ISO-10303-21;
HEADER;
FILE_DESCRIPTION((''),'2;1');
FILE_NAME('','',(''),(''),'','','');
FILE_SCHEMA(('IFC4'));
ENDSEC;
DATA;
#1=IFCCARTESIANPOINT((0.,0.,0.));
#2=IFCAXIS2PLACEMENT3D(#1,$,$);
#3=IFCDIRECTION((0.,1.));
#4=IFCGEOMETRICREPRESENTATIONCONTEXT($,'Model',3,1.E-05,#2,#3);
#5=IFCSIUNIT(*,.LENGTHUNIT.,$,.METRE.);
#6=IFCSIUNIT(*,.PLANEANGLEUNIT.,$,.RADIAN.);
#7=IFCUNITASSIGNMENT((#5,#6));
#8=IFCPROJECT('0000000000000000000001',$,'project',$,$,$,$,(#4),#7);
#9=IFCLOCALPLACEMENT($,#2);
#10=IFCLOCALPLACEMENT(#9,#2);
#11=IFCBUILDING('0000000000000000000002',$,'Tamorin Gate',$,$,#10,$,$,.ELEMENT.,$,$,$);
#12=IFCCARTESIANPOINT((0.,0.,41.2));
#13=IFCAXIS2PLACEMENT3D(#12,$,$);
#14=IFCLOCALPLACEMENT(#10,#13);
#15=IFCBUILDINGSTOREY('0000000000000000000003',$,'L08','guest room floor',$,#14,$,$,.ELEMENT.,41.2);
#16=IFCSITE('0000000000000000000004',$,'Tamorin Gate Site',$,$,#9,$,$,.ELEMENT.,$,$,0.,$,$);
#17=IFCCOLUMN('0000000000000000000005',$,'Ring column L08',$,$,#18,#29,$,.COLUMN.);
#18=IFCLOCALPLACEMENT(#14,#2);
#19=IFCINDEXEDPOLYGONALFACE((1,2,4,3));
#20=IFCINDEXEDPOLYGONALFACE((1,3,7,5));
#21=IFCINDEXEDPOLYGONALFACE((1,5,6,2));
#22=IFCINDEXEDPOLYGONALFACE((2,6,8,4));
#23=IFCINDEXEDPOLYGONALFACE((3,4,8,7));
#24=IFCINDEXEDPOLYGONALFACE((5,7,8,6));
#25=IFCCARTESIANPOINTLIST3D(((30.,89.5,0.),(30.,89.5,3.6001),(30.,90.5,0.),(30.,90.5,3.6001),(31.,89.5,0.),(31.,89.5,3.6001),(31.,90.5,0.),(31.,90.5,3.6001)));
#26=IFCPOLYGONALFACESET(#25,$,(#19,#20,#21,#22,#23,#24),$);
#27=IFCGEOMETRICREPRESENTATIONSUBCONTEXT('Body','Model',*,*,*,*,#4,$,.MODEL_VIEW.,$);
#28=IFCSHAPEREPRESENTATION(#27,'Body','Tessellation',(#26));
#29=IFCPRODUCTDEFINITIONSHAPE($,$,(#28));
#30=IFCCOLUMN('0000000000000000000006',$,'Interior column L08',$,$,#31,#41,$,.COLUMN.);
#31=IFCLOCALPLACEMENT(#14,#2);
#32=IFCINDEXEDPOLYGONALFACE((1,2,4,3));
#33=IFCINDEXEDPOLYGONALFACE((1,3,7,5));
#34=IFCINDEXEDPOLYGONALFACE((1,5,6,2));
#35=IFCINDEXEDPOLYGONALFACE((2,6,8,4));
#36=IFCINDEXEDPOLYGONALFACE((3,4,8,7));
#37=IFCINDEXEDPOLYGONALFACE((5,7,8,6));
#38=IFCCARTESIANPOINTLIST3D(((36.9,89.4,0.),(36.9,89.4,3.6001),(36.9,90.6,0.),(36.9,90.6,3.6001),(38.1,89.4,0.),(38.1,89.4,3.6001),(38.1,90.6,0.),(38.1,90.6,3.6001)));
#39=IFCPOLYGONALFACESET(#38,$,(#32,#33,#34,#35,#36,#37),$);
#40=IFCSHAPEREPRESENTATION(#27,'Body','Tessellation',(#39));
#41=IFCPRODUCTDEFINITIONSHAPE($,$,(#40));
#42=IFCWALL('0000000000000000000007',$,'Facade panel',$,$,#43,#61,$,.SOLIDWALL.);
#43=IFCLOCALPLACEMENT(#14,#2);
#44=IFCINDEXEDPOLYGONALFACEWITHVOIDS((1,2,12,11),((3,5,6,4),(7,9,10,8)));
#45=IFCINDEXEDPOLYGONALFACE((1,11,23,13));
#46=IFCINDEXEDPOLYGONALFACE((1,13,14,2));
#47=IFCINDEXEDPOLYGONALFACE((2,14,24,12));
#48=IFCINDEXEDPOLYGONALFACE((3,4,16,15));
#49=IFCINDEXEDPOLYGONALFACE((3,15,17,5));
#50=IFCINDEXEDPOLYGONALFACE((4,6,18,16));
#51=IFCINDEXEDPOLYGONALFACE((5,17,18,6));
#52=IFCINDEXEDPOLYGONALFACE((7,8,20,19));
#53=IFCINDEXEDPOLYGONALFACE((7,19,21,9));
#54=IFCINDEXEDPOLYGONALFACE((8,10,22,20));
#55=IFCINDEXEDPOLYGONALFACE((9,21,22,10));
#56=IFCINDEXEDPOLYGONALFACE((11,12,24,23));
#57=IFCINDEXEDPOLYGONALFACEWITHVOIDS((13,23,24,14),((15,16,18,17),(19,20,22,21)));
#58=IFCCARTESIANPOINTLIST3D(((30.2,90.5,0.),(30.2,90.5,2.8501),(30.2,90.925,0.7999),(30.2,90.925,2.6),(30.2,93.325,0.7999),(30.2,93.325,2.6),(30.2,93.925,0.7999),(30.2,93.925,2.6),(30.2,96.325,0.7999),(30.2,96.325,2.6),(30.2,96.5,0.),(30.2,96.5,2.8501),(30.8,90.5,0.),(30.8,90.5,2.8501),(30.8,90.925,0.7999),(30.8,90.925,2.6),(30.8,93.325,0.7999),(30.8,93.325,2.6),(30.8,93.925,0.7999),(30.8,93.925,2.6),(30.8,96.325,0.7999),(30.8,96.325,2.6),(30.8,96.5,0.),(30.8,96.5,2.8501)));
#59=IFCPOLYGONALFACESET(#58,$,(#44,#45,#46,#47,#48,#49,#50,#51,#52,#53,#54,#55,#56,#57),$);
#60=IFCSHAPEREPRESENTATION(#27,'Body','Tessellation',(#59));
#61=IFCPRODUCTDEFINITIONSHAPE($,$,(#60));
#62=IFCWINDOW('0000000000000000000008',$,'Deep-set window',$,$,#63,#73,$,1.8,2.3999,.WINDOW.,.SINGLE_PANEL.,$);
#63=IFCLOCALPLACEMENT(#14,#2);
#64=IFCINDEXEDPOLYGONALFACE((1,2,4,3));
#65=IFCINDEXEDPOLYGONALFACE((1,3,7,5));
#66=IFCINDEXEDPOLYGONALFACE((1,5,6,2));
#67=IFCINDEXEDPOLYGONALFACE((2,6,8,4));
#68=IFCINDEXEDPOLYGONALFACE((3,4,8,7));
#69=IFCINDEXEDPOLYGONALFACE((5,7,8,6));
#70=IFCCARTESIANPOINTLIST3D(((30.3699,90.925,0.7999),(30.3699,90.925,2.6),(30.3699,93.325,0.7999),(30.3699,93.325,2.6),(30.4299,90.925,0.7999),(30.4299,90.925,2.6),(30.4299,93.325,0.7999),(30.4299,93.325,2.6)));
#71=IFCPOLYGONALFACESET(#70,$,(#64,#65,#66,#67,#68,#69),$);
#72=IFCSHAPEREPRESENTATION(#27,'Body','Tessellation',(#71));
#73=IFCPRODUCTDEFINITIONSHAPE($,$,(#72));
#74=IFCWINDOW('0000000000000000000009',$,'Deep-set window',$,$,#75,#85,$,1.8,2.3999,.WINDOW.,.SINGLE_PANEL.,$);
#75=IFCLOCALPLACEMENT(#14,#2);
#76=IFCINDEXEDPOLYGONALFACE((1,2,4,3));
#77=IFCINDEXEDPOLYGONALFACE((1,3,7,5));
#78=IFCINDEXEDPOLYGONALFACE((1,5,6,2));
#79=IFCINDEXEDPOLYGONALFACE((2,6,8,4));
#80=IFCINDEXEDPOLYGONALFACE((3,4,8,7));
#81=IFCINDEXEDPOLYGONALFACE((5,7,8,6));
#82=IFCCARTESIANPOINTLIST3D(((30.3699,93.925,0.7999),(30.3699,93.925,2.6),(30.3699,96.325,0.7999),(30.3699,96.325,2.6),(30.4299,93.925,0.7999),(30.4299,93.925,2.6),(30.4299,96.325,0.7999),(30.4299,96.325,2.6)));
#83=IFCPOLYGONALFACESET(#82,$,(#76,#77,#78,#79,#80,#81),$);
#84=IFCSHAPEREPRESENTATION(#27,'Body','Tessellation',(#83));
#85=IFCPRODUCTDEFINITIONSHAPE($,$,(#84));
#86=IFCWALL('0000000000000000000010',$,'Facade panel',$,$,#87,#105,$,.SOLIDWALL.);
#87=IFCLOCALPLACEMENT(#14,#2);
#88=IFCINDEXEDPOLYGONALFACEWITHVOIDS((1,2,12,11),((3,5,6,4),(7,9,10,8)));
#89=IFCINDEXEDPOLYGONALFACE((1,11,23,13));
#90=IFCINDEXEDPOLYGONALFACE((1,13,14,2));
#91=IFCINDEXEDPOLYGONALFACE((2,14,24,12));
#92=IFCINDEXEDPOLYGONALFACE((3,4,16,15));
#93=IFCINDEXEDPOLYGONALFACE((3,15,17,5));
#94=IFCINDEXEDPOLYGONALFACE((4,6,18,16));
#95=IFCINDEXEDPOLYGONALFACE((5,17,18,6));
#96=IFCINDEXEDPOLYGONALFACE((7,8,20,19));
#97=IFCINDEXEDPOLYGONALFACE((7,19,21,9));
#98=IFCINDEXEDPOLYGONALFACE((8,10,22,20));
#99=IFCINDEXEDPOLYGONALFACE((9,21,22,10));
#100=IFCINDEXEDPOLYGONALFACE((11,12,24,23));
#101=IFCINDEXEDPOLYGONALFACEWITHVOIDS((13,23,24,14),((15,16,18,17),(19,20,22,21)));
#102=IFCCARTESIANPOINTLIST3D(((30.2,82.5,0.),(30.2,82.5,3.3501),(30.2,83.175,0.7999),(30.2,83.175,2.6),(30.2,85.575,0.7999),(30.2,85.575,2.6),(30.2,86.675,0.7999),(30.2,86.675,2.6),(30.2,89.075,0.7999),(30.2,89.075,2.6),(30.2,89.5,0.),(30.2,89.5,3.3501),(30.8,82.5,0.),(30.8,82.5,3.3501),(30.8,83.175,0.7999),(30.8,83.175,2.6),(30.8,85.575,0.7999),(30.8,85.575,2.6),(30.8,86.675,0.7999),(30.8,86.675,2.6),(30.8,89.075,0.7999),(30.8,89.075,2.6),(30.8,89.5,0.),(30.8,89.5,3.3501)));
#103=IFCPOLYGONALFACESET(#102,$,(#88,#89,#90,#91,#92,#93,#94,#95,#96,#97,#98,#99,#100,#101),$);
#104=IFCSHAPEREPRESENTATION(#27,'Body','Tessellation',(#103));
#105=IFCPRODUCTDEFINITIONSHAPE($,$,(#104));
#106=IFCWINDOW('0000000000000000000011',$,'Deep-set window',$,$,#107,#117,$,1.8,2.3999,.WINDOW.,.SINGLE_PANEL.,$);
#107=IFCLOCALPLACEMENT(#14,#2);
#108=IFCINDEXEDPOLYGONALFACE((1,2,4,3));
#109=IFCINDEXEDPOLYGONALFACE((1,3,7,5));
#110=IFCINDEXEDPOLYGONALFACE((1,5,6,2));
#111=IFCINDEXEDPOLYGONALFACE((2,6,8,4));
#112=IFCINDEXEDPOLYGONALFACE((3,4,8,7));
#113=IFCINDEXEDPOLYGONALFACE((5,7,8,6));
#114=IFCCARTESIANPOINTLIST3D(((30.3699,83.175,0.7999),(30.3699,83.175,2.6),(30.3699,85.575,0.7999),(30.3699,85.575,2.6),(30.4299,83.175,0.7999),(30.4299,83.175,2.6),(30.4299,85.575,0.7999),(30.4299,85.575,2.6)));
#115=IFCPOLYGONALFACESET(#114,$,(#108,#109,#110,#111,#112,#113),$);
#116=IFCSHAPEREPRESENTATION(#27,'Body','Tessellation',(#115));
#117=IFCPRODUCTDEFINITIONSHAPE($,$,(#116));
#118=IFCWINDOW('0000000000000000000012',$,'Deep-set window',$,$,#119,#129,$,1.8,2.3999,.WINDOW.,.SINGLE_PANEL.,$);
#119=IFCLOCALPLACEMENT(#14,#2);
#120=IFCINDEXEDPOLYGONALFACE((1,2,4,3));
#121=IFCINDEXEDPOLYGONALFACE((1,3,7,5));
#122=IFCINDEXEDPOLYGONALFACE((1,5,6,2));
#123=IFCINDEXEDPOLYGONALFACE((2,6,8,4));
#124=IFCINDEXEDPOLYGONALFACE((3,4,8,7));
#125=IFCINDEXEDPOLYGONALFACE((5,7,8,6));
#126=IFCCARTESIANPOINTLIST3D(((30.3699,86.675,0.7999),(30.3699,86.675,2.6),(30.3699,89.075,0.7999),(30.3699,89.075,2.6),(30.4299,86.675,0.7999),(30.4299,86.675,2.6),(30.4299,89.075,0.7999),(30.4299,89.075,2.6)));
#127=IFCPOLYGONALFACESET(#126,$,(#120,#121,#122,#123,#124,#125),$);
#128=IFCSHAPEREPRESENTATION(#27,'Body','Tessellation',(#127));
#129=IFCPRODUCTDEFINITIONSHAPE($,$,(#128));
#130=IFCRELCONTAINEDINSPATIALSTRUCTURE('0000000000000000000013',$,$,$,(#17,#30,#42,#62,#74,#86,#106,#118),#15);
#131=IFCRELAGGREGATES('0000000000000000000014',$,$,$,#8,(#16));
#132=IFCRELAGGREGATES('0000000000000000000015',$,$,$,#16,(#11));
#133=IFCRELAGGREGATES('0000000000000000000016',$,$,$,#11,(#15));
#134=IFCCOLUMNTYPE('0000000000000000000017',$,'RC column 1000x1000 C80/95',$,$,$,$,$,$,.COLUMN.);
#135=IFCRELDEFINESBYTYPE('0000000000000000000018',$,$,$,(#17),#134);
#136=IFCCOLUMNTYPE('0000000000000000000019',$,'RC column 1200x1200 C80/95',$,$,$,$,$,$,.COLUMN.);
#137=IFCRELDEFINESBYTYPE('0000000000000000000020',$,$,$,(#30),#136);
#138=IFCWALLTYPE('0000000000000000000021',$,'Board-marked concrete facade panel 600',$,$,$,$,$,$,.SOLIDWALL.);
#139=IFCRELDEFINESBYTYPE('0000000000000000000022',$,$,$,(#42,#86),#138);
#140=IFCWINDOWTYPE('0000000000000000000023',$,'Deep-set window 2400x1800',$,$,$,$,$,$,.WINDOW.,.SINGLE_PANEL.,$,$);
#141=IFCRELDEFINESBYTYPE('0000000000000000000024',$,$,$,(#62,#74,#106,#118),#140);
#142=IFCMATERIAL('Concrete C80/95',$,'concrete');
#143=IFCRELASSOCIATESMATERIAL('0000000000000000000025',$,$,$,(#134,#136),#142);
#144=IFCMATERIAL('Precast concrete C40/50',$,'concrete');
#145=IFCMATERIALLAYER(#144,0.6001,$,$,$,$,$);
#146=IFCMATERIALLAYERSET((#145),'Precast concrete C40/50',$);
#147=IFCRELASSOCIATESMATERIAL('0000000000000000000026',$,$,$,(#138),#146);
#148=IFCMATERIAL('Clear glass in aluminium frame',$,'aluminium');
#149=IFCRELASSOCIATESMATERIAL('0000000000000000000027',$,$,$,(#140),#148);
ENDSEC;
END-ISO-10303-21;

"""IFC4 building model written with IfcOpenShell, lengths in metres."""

from ifc_helpers import new_model, si_unit, direction, frame, frame_2d, origin, origin_2d, place, context, subcontext, project, spatial, rectangle, extrude, material, layer, layer_set, material_profile, profile_set, type_object, element, fill, save


model = new_model("IFC4")

# Units and contexts
model_context = context("Model", 3, precision=1e-05, world=origin(), true_north=direction((0.0, 1.0)))
body_context = subcontext(model_context, "Body", "Model", "MODEL_VIEW")
ifc_project = project(units=[si_unit("LENGTHUNIT", "METRE"), si_unit("PLANEANGLEUNIT", "RADIAN")], contexts=[model_context])

# Site, building, storey
site_placement = place(None, origin())
site = spatial("IfcSite", under=ifc_project, at=site_placement, Name="Tamorin Gate Site", CompositionType="ELEMENT", RefElevation=0.0)
building_placement = place(site_placement, origin())
building = spatial("IfcBuilding", under=site, at=building_placement, Name="Tamorin Gate", CompositionType="ELEMENT")
storey_placement = place(building_placement, frame((0.0, 0.0, 41.2)))
storey = spatial("IfcBuildingStorey", under=building, at=storey_placement, Name="L08", Description="guest room floor", CompositionType="ELEMENT", Elevation=41.2)

# Columns
ifc_material_1 = material(Name="Concrete C80/95", Category="concrete")
ifc_material_profile_1 = material_profile(ifc_material_1, rectangle(XDim=1.0, YDim=1.0, at=origin_2d()), Name="RC 1000x1000")
ifc_profile_set_1 = profile_set([ifc_material_profile_1], Name="Concrete C80/95")
column_type_1 = type_object("IfcColumnType", Name="RC column 1000x1000 C80/95", PredefinedType="COLUMN", material=ifc_profile_set_1)
column_1_placement = place(storey_placement, frame((30.5, 90.0, 0.0), z_axis=(0.0, 0.0, 1.0), x_axis=(1.0, 0.0, 0.0)))
element("IfcColumn", 1, at=column_1_placement, inside=storey, type_object=column_type_1, Name="Ring column L08", PredefinedType="COLUMN", context=body_context, shape_type="SweptSolid", body=[
    extrude(rectangle(XDim=1.0, YDim=1.0, at=origin_2d()), origin(), (0.0, 0.0, 1.0), 3.6001),
])
ifc_material_profile_2 = material_profile(ifc_material_1, rectangle(XDim=1.2, YDim=1.2, at=origin_2d()), Name="RC 1200x1200")
ifc_profile_set_2 = profile_set([ifc_material_profile_2], Name="Concrete C80/95")
column_type_2 = type_object("IfcColumnType", Name="RC column 1200x1200 C80/95", PredefinedType="COLUMN", material=ifc_profile_set_2)
column_2_placement = place(storey_placement, frame((37.5, 90.0, 0.0), z_axis=(0.0, 0.0, 1.0), x_axis=(1.0, 0.0, 0.0)))
element("IfcColumn", 2, at=column_2_placement, inside=storey, type_object=column_type_2, Name="Interior column L08", PredefinedType="COLUMN", context=body_context, shape_type="SweptSolid", body=[
    extrude(rectangle(XDim=1.2, YDim=1.2, at=origin_2d()), origin(), (0.0, 0.0, 1.0), 3.6001),
])

# Walls, openings, windows
ifc_material_2 = material(Name="Precast concrete C40/50", Category="concrete")
ifc_layer_1 = layer(ifc_material_2, 0.6001)
ifc_layer_set_1 = layer_set([ifc_layer_1], Name="Precast concrete C40/50")
wall_type_1 = type_object("IfcWallType", Name="Board-marked concrete facade panel 600", PredefinedType="SOLIDWALL", material=ifc_layer_set_1)
wall_1_placement = place(storey_placement, frame((30.5, 96.5, 0.0), z_axis=(0.0, 0.0, 1.0), x_axis=(0.0, -1.0, 0.0)))
wall_1 = element("IfcWall", 3, at=wall_1_placement, inside=storey, type_object=wall_type_1, Name="Facade panel", PredefinedType="SOLIDWALL", context=body_context, shape_type="SweptSolid", body=[
    extrude(rectangle(XDim=6.0, YDim=0.6001, at=frame_2d((3.0, 0.0))), origin(), (0.0, 0.0, 1.0), 2.8501),
])
opening_1_placement = place(wall_1_placement, frame((3.175, 0.0, 0.8)))
opening_1 = element("IfcOpeningElement", 4, at=opening_1_placement, cuts=wall_1, PredefinedType="OPENING", context=body_context, shape_type="SweptSolid", body=[
    extrude(rectangle(XDim=2.3999, YDim=1.8, at=frame_2d((1.2, 0.8999))), frame((0.0, 0.3101, 0.0), z_axis=(0.0, -1.0, 0.0), x_axis=(1.0, 0.0, 0.0)), (0.0, 0.0, 1.0), 0.6201),
])
opening_2_placement = place(wall_1_placement, frame((0.175, 0.0, 0.8)))
opening_2 = element("IfcOpeningElement", 5, at=opening_2_placement, cuts=wall_1, PredefinedType="OPENING", context=body_context, shape_type="SweptSolid", body=[
    extrude(rectangle(XDim=2.3999, YDim=1.8, at=frame_2d((1.2, 0.8999))), frame((0.0, 0.3101, 0.0), z_axis=(0.0, -1.0, 0.0), x_axis=(1.0, 0.0, 0.0)), (0.0, 0.0, 1.0), 0.6201),
])
ifc_material_3 = material(Name="Clear glass in aluminium frame", Category="aluminium")
window_type = type_object("IfcWindowType", Name="Deep-set window 2400x1800", PartitioningType="SINGLE_PANEL", PredefinedType="WINDOW", material=ifc_material_3)
window_1_placement = place(opening_1_placement, origin())
window_1 = element("IfcWindow", 6, at=window_1_placement, inside=storey, type_object=window_type, Name="Deep-set window", OverallHeight=1.8, OverallWidth=2.3999, PartitioningType="SINGLE_PANEL", PredefinedType="WINDOW", context=body_context, shape_type="SweptSolid", body=[
    extrude(rectangle(XDim=2.3999, YDim=1.8, at=frame_2d((1.2, 0.8999))), frame((0.0, -0.0701, 0.0), z_axis=(0.0, -1.0, 0.0), x_axis=(1.0, 0.0, 0.0)), (0.0, 0.0, 1.0), 0.0601),
])
fill(opening_1, window_1)
window_2_placement = place(opening_2_placement, origin())
window_2 = element("IfcWindow", 7, at=window_2_placement, inside=storey, type_object=window_type, Name="Deep-set window", OverallHeight=1.8, OverallWidth=2.3999, PartitioningType="SINGLE_PANEL", PredefinedType="WINDOW", context=body_context, shape_type="SweptSolid", body=[
    extrude(rectangle(XDim=2.3999, YDim=1.8, at=frame_2d((1.2, 0.8999))), frame((0.0, -0.0701, 0.0), z_axis=(0.0, -1.0, 0.0), x_axis=(1.0, 0.0, 0.0)), (0.0, 0.0, 1.0), 0.0601),
])
fill(opening_2, window_2)
wall_2_placement = place(storey_placement, frame((30.5, 89.5, 0.0), z_axis=(0.0, 0.0, 1.0), x_axis=(0.0, -1.0, 0.0)))
wall_2 = element("IfcWall", 8, at=wall_2_placement, inside=storey, type_object=wall_type_1, Name="Facade panel", PredefinedType="SOLIDWALL", context=body_context, shape_type="SweptSolid", body=[
    extrude(rectangle(XDim=7.0, YDim=0.6001, at=frame_2d((3.5, 0.0))), origin(), (0.0, 0.0, 1.0), 3.3501),
])
opening_3_placement = place(wall_2_placement, frame((3.925, 0.0, 0.8)))
opening_3 = element("IfcOpeningElement", 9, at=opening_3_placement, cuts=wall_2, PredefinedType="OPENING", context=body_context, shape_type="SweptSolid", body=[
    extrude(rectangle(XDim=2.3999, YDim=1.8, at=frame_2d((1.2, 0.8999))), frame((0.0, 0.3101, 0.0), z_axis=(0.0, -1.0, 0.0), x_axis=(1.0, 0.0, 0.0)), (0.0, 0.0, 1.0), 0.6201),
])
opening_4_placement = place(wall_2_placement, frame((0.425, 0.0, 0.8)))
opening_4 = element("IfcOpeningElement", 10, at=opening_4_placement, cuts=wall_2, PredefinedType="OPENING", context=body_context, shape_type="SweptSolid", body=[
    extrude(rectangle(XDim=2.3999, YDim=1.8, at=frame_2d((1.2, 0.8999))), frame((0.0, 0.3101, 0.0), z_axis=(0.0, -1.0, 0.0), x_axis=(1.0, 0.0, 0.0)), (0.0, 0.0, 1.0), 0.6201),
])
window_3_placement = place(opening_3_placement, origin())
window_3 = element("IfcWindow", 11, at=window_3_placement, inside=storey, type_object=window_type, Name="Deep-set window", OverallHeight=1.8, OverallWidth=2.3999, PartitioningType="SINGLE_PANEL", PredefinedType="WINDOW", context=body_context, shape_type="SweptSolid", body=[
    extrude(rectangle(XDim=2.3999, YDim=1.8, at=frame_2d((1.2, 0.8999))), frame((0.0, -0.0701, 0.0), z_axis=(0.0, -1.0, 0.0), x_axis=(1.0, 0.0, 0.0)), (0.0, 0.0, 1.0), 0.0601),
])
fill(opening_3, window_3)
window_4_placement = place(opening_4_placement, origin())
window_4 = element("IfcWindow", 12, at=window_4_placement, inside=storey, type_object=window_type, Name="Deep-set window", OverallHeight=1.8, OverallWidth=2.3999, PartitioningType="SINGLE_PANEL", PredefinedType="WINDOW", context=body_context, shape_type="SweptSolid", body=[
    extrude(rectangle(XDim=2.3999, YDim=1.8, at=frame_2d((1.2, 0.8999))), frame((0.0, -0.0701, 0.0), z_axis=(0.0, -1.0, 0.0), x_axis=(1.0, 0.0, 0.0)), (0.0, 0.0, 1.0), 0.0601),
])
fill(opening_4, window_4)

save(model, "model.ifc")
